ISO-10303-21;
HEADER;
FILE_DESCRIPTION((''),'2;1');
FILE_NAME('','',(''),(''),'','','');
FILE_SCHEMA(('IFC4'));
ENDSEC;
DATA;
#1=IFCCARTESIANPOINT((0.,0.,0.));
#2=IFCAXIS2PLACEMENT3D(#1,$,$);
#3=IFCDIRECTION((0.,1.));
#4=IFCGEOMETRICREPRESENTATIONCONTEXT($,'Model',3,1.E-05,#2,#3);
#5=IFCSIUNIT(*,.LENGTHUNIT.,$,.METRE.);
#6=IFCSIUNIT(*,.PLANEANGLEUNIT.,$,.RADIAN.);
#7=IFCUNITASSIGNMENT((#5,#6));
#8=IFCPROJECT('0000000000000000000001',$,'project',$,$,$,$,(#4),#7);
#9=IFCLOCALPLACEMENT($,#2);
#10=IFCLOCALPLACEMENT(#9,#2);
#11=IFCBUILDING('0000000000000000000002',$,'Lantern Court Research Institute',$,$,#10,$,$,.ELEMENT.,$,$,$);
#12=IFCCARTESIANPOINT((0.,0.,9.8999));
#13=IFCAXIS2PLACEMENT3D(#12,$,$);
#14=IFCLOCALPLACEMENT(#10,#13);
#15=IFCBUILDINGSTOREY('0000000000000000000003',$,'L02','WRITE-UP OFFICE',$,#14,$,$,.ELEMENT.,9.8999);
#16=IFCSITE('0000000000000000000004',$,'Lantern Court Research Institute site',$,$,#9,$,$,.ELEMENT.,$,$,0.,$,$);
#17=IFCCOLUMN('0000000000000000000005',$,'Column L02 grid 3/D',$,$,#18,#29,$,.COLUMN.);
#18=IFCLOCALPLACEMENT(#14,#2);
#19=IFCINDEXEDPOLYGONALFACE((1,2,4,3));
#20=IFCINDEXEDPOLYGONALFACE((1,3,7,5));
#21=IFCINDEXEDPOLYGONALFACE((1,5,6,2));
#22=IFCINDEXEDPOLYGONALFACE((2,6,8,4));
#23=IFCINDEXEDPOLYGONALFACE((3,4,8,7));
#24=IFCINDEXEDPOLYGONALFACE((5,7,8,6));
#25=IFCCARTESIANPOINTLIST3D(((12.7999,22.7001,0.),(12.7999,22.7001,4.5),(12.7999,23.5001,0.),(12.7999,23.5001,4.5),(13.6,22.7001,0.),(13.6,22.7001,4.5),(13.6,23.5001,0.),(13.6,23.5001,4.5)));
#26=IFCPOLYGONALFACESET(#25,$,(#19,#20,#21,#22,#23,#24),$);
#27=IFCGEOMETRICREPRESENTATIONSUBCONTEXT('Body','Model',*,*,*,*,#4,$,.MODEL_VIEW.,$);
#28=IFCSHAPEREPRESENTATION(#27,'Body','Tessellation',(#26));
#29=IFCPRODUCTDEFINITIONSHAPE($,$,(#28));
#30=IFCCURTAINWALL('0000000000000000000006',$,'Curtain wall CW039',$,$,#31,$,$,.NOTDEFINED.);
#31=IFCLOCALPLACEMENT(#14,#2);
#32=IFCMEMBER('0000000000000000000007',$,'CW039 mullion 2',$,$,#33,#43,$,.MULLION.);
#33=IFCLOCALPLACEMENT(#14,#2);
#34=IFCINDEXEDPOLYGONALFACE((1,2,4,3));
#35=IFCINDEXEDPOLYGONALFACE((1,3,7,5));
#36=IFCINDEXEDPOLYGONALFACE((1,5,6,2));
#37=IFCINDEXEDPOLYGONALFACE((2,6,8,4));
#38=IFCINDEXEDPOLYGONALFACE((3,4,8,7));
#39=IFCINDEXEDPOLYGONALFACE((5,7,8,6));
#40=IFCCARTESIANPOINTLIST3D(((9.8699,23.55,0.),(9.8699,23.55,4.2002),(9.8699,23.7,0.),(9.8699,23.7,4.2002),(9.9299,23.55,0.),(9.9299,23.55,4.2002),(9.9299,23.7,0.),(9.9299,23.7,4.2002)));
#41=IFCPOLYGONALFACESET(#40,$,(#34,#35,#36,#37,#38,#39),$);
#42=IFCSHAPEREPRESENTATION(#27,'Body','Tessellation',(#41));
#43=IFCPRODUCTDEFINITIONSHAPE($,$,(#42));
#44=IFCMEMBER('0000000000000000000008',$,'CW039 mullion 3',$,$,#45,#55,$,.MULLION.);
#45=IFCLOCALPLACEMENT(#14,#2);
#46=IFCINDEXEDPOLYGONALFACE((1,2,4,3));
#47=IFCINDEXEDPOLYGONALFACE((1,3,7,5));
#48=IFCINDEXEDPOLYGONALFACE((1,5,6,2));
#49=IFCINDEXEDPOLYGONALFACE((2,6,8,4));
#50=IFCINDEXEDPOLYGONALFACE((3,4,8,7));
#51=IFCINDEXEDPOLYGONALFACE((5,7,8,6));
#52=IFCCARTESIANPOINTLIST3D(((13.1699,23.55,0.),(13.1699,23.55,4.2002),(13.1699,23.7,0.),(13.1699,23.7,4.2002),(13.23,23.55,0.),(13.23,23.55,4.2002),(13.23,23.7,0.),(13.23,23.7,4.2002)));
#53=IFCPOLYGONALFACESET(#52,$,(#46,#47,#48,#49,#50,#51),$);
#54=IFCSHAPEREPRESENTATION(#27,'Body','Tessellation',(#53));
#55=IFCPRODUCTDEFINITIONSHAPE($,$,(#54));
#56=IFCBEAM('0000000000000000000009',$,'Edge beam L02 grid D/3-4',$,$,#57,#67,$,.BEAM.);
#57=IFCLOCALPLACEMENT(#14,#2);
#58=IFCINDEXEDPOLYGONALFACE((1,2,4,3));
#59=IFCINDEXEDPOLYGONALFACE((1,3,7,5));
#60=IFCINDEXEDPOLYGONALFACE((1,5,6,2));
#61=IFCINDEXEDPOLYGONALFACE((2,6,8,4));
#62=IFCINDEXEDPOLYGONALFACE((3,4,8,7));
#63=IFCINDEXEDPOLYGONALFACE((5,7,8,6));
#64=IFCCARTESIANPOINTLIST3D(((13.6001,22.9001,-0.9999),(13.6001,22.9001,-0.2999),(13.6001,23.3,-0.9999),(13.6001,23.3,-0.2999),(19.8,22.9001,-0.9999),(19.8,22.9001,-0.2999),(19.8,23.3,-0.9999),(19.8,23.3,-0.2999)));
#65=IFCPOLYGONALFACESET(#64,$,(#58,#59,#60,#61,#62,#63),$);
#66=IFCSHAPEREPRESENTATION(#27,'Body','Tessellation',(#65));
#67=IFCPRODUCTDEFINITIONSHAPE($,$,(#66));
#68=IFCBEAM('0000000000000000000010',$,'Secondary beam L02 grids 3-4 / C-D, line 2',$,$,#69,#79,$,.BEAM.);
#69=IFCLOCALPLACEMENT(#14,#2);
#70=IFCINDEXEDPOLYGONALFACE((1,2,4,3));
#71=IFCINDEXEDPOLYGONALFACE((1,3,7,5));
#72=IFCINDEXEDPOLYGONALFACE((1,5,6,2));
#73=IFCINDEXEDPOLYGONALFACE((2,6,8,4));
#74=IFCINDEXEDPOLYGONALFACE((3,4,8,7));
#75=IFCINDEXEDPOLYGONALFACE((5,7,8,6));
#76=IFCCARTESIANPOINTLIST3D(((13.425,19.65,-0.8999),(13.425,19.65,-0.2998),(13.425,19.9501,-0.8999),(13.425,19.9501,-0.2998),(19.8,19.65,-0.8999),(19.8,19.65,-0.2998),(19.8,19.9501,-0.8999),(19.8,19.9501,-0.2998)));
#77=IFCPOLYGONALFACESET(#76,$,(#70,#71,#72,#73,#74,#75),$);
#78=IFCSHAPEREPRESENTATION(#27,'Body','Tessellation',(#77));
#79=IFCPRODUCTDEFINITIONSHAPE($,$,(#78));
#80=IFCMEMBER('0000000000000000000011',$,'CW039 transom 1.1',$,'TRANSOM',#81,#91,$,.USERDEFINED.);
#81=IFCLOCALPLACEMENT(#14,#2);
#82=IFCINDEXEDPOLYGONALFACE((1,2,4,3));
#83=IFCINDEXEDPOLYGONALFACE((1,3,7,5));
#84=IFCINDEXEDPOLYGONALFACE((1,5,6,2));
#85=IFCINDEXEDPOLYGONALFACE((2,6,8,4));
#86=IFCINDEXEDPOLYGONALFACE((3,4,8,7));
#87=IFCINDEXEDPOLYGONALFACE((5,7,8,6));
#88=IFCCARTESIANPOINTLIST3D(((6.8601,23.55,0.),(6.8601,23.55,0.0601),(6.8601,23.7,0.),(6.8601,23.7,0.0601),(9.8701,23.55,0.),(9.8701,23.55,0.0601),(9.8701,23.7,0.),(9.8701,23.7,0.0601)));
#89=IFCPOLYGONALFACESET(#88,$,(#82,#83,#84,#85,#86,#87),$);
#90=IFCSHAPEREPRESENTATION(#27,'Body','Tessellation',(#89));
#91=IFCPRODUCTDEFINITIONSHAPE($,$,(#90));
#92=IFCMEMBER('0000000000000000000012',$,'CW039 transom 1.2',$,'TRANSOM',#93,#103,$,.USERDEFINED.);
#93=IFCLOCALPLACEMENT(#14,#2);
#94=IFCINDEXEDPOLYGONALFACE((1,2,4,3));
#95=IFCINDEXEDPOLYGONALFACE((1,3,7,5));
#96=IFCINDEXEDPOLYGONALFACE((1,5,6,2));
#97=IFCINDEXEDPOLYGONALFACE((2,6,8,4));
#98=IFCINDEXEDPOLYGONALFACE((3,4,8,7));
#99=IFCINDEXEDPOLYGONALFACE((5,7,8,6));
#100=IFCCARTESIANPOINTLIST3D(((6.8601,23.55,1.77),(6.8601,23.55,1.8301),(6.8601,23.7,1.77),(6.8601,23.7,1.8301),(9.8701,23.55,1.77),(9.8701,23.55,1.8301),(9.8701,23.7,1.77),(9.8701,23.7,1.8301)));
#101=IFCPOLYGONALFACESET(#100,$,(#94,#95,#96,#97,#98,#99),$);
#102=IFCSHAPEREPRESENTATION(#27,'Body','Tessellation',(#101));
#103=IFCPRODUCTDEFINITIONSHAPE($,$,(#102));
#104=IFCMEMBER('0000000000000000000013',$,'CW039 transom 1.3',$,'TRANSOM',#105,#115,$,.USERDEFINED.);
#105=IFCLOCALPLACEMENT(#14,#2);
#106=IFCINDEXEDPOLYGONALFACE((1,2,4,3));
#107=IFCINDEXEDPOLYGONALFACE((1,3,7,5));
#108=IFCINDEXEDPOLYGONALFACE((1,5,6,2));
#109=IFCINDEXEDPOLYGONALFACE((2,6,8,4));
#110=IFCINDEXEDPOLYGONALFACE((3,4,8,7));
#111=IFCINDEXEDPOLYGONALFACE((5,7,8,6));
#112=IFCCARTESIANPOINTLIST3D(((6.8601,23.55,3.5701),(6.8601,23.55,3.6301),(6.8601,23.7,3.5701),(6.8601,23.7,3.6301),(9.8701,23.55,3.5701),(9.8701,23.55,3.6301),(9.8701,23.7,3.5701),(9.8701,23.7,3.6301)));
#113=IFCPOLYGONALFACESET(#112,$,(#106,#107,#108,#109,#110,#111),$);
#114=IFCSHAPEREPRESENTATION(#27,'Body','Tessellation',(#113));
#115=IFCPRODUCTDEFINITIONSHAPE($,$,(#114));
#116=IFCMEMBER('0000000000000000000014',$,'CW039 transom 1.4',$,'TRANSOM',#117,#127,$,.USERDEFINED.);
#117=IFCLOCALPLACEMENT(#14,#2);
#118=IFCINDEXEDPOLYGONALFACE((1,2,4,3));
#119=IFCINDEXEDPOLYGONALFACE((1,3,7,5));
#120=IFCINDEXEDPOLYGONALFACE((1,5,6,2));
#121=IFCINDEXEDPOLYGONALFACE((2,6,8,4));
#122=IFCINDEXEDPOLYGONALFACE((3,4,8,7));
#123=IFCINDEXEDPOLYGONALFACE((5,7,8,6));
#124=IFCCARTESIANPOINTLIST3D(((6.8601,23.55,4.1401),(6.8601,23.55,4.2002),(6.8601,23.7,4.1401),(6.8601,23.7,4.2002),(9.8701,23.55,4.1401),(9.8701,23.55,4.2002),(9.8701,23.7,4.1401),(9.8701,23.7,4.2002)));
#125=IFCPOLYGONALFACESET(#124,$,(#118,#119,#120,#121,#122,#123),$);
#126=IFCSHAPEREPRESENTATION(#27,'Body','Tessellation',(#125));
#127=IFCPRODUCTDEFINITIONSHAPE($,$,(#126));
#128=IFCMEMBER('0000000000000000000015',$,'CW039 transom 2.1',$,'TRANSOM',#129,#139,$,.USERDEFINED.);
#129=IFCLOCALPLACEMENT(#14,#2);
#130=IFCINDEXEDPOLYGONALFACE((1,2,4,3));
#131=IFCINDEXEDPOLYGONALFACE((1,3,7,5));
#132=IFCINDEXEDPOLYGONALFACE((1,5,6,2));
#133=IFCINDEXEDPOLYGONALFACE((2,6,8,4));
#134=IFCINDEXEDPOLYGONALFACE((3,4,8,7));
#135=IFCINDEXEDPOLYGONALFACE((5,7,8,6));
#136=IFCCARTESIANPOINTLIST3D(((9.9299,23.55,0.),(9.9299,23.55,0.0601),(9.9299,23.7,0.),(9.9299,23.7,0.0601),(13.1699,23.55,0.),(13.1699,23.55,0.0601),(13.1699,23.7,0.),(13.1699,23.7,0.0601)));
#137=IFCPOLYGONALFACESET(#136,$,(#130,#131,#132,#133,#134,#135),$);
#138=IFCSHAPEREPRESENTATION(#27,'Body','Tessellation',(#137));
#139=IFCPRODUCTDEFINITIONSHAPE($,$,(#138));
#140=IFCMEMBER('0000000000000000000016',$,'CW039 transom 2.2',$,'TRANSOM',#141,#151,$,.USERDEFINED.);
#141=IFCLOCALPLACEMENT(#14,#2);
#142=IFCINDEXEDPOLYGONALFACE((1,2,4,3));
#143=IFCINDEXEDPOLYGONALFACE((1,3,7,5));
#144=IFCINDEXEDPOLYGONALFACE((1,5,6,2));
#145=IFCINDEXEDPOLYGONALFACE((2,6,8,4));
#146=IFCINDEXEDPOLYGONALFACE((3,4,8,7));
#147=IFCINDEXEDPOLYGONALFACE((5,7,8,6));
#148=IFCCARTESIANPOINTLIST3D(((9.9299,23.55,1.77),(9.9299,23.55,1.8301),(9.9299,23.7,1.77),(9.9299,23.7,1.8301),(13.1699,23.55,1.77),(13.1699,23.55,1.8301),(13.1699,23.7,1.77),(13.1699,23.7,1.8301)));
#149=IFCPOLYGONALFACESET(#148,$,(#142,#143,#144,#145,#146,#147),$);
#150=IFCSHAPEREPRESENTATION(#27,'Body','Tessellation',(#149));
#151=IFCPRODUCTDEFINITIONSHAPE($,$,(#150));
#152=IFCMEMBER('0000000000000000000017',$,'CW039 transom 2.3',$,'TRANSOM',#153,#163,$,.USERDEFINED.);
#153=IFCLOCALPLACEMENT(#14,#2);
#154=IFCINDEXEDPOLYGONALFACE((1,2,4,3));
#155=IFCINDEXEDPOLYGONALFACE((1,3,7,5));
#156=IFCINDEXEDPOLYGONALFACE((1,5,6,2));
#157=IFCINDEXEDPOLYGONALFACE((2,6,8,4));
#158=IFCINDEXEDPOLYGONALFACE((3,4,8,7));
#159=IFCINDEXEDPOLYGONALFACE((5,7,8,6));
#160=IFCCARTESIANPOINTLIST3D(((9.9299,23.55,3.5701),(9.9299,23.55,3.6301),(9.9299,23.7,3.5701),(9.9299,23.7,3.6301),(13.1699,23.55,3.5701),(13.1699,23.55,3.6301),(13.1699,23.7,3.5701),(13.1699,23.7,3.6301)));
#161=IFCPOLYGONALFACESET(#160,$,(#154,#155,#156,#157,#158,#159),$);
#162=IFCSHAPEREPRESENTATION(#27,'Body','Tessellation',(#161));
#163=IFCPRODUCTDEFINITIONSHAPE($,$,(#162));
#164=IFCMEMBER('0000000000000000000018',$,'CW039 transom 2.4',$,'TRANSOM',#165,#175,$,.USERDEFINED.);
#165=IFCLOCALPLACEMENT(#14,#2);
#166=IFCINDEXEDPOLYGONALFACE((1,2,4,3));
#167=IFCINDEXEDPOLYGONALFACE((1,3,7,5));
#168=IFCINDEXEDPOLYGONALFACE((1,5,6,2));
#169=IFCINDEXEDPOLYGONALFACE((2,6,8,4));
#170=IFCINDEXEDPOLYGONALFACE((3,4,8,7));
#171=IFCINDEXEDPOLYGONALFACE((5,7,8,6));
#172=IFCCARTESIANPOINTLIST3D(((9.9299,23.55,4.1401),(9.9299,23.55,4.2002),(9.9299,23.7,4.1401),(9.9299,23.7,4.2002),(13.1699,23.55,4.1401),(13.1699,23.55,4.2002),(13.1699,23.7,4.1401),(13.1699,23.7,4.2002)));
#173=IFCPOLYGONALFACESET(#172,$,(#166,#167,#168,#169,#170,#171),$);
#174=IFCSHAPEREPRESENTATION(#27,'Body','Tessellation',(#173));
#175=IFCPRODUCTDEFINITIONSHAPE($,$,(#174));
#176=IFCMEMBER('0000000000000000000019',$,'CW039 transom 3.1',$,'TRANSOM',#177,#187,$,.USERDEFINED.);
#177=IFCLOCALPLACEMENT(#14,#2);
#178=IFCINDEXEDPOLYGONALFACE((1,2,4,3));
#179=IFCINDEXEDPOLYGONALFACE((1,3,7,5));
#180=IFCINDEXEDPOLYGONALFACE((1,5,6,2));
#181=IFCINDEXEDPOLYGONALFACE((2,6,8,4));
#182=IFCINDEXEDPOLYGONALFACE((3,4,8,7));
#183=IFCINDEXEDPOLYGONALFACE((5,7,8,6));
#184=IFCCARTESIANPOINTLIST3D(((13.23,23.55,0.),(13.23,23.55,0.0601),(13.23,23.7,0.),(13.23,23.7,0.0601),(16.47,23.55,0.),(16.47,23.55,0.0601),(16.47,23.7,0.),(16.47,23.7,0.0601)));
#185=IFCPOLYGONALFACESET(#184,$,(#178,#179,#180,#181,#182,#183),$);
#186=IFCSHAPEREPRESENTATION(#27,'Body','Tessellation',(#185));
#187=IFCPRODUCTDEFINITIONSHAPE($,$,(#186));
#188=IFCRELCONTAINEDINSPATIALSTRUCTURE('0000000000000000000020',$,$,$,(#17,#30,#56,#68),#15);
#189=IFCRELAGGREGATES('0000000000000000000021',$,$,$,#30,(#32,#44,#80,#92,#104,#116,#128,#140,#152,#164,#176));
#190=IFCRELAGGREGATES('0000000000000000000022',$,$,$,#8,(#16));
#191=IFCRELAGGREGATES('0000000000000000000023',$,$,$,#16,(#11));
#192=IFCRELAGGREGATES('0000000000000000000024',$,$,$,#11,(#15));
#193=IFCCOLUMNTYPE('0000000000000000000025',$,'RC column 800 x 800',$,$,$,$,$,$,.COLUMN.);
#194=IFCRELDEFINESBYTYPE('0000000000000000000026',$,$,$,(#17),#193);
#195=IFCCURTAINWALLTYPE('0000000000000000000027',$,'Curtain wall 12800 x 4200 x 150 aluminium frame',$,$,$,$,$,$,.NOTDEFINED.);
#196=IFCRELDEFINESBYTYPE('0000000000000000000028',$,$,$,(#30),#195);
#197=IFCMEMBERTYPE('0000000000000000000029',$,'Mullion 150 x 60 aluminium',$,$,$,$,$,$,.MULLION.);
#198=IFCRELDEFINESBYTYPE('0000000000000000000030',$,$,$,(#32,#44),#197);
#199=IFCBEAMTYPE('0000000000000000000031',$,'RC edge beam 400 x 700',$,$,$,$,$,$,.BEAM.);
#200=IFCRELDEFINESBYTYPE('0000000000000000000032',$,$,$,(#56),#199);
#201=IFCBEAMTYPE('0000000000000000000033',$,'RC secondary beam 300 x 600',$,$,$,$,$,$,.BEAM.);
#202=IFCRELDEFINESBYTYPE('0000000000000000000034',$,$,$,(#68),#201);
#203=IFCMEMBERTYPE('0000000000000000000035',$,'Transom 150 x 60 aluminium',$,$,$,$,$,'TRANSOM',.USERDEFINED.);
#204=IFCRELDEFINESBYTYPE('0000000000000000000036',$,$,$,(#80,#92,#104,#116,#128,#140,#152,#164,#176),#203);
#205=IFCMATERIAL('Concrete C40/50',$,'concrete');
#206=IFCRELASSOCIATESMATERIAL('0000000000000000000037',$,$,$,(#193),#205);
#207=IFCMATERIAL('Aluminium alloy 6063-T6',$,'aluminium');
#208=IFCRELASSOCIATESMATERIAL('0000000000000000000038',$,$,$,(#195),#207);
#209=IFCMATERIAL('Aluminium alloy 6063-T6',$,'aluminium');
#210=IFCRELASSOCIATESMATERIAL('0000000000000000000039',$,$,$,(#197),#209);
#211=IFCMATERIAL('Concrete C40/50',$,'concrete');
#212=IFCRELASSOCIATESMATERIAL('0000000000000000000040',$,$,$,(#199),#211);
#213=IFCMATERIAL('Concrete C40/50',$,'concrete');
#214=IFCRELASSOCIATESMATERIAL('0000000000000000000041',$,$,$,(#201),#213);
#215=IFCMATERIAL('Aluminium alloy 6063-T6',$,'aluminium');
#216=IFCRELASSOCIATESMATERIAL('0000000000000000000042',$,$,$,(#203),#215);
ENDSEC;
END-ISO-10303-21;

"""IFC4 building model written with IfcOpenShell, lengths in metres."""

from ifc_helpers import new_model, si_unit, direction, frame, origin, origin_2d, place, context, subcontext, project, spatial, rectangle, extrude, material, material_profile, profile_set, type_object, element, aggregate, save


model = new_model("IFC4")

# Units and contexts
model_context = context("Model", 3, precision=1e-05, world=origin(), true_north=direction((0.0, 1.0)))
body_context = subcontext(model_context, "Body", "Model", "MODEL_VIEW")
ifc_project = project(units=[si_unit("LENGTHUNIT", "METRE"), si_unit("PLANEANGLEUNIT", "RADIAN")], contexts=[model_context])

# Site, building, storey
site_placement = place(None, origin())
site = spatial("IfcSite", under=ifc_project, at=site_placement, Name="Lantern Court Research Institute site", CompositionType="ELEMENT", RefElevation=0.0)
building_placement = place(site_placement, origin())
building = spatial("IfcBuilding", under=site, at=building_placement, Name="Lantern Court Research Institute", CompositionType="ELEMENT")
storey_placement = place(building_placement, frame((0.0, 0.0, 9.8999)))
storey = spatial("IfcBuildingStorey", under=building, at=storey_placement, Name="L02", Description="WRITE-UP OFFICE", CompositionType="ELEMENT", Elevation=9.8999)

# Column
ifc_material_1 = material(Name="Concrete C40/50", Category="concrete")
ifc_material_profile_1 = material_profile(ifc_material_1, rectangle(XDim=0.8, YDim=0.8, at=origin_2d()), Name="RC column 800 x 800")
ifc_profile_set_1 = profile_set([ifc_material_profile_1], Name="Concrete C40/50")
column_type = type_object("IfcColumnType", Name="RC column 800 x 800", PredefinedType="COLUMN", material=ifc_profile_set_1)
column_placement = place(storey_placement, frame((13.2, 23.1001, 0.0), z_axis=(0.0, 0.0, 1.0), x_axis=(1.0, 0.0, 0.0)))
element("IfcColumn", 1, at=column_placement, inside=storey, type_object=column_type, Name="Column L02 grid 3/D", PredefinedType="COLUMN", context=body_context, shape_type="SweptSolid", body=[
    extrude(rectangle(XDim=0.8, YDim=0.8, at=origin_2d()), origin(), (0.0, 0.0, 1.0), 4.5),
])

# Curtain wall, members
ifc_material_2 = material(Name="Aluminium alloy 6063-T6", Category="aluminium")
curtain_wall_type = type_object("IfcCurtainWallType", Name="Curtain wall 12800 x 4200 x 150 aluminium frame", PredefinedType="NOTDEFINED", material=ifc_material_2)
curtain_wall_placement = place(storey_placement, origin())
curtain_wall = element("IfcCurtainWall", 2, at=curtain_wall_placement, inside=storey, type_object=curtain_wall_type, Name="Curtain wall CW039", PredefinedType="NOTDEFINED")
ifc_material_3 = material(Name="Aluminium alloy 6063-T6", Category="aluminium")
ifc_material_profile_2 = material_profile(ifc_material_3, rectangle(XDim=0.1499, YDim=0.0601, at=origin_2d()), Name="Mullion 150 x 60")
ifc_profile_set_2 = profile_set([ifc_material_profile_2], Name="Aluminium alloy 6063-T6")
member_type_1 = type_object("IfcMemberType", Name="Mullion 150 x 60 aluminium", PredefinedType="MULLION", material=ifc_profile_set_2)
member_1_placement = place(storey_placement, frame((9.8999, 23.625, 0.0), z_axis=(0.0, 0.0, 1.0), x_axis=(0.0, 1.0, 0.0)))
member_1 = element("IfcMember", 3, at=member_1_placement, type_object=member_type_1, Name="CW039 mullion 2", PredefinedType="MULLION", context=body_context, shape_type="SweptSolid", body=[
    extrude(rectangle(XDim=0.1499, YDim=0.0601, at=origin_2d()), origin(), (0.0, 0.0, 1.0), 4.2002),
])
member_2_placement = place(storey_placement, frame((13.2, 23.625, 0.0), z_axis=(0.0, 0.0, 1.0), x_axis=(0.0, 1.0, 0.0)))
member_2 = element("IfcMember", 4, at=member_2_placement, type_object=member_type_1, Name="CW039 mullion 3", PredefinedType="MULLION", context=body_context, shape_type="SweptSolid", body=[
    extrude(rectangle(XDim=0.1499, YDim=0.0601, at=origin_2d()), origin(), (0.0, 0.0, 1.0), 4.2002),
])

# Beams
ifc_material_4 = material(Name="Concrete C40/50", Category="concrete")
ifc_material_profile_3 = material_profile(ifc_material_4, rectangle(XDim=0.3999, YDim=0.7, at=origin_2d()), Name="RC beam 400 x 700")
ifc_profile_set_3 = profile_set([ifc_material_profile_3], Name="Concrete C40/50")
beam_type_1 = type_object("IfcBeamType", Name="RC edge beam 400 x 700", PredefinedType="BEAM", material=ifc_profile_set_3)
beam_1_placement = place(storey_placement, frame((13.6001, 23.1001, -0.6499), z_axis=(1.0, 0.0, 0.0), x_axis=(0.0, 1.0, 0.0)))
element("IfcBeam", 5, at=beam_1_placement, inside=storey, type_object=beam_type_1, Name="Edge beam L02 grid D/3-4", PredefinedType="BEAM", context=body_context, shape_type="SweptSolid", body=[
    extrude(rectangle(XDim=0.3999, YDim=0.7, at=origin_2d()), origin(), (0.0, 0.0, 1.0), 6.2),
])
ifc_material_5 = material(Name="Concrete C40/50", Category="concrete")
ifc_material_profile_4 = material_profile(ifc_material_5, rectangle(XDim=0.3, YDim=0.6001, at=origin_2d()), Name="RC beam 300 x 600")
ifc_profile_set_4 = profile_set([ifc_material_profile_4], Name="Concrete C40/50")
beam_type_2 = type_object("IfcBeamType", Name="RC secondary beam 300 x 600", PredefinedType="BEAM", material=ifc_profile_set_4)
beam_2_placement = place(storey_placement, frame((13.425, 19.8, -0.5999), z_axis=(1.0, 0.0, 0.0), x_axis=(0.0, 1.0, 0.0)))
element("IfcBeam", 6, at=beam_2_placement, inside=storey, type_object=beam_type_2, Name="Secondary beam L02 grids 3-4 / C-D, line 2", PredefinedType="BEAM", context=body_context, shape_type="SweptSolid", body=[
    extrude(rectangle(XDim=0.3, YDim=0.6001, at=origin_2d()), origin(), (0.0, 0.0, 1.0), 6.375),
])

# Members
ifc_material_6 = material(Name="Aluminium alloy 6063-T6", Category="aluminium")
ifc_material_profile_5 = material_profile(ifc_material_6, rectangle(XDim=0.1499, YDim=0.0601, at=origin_2d()), Name="Transom 150 x 60")
ifc_profile_set_5 = profile_set([ifc_material_profile_5], Name="Aluminium alloy 6063-T6")
member_type_2 = type_object("IfcMemberType", Name="Transom 150 x 60 aluminium", ElementType="TRANSOM", PredefinedType="USERDEFINED", material=ifc_profile_set_5)
member_3_placement = place(storey_placement, frame((6.8601, 23.625, 0.03), z_axis=(1.0, 0.0, 0.0), x_axis=(0.0, 1.0, 0.0)))
member_3 = element("IfcMember", 7, at=member_3_placement, type_object=member_type_2, Name="CW039 transom 1.1", ObjectType="TRANSOM", PredefinedType="USERDEFINED", context=body_context, shape_type="SweptSolid", body=[
    extrude(rectangle(XDim=0.1499, YDim=0.0601, at=origin_2d()), origin(), (0.0, 0.0, 1.0), 3.01),
])
member_4_placement = place(storey_placement, frame((6.8601, 23.625, 1.8), z_axis=(1.0, 0.0, 0.0), x_axis=(0.0, 1.0, 0.0)))
member_4 = element("IfcMember", 8, at=member_4_placement, type_object=member_type_2, Name="CW039 transom 1.2", ObjectType="TRANSOM", PredefinedType="USERDEFINED", context=body_context, shape_type="SweptSolid", body=[
    extrude(rectangle(XDim=0.1499, YDim=0.0601, at=origin_2d()), origin(), (0.0, 0.0, 1.0), 3.01),
])
member_5_placement = place(storey_placement, frame((6.8601, 23.625, 3.6001), z_axis=(1.0, 0.0, 0.0), x_axis=(0.0, 1.0, 0.0)))
member_5 = element("IfcMember", 9, at=member_5_placement, type_object=member_type_2, Name="CW039 transom 1.3", ObjectType="TRANSOM", PredefinedType="USERDEFINED", context=body_context, shape_type="SweptSolid", body=[
    extrude(rectangle(XDim=0.1499, YDim=0.0601, at=origin_2d()), origin(), (0.0, 0.0, 1.0), 3.01),
])
member_6_placement = place(storey_placement, frame((6.8601, 23.625, 4.1702), z_axis=(1.0, 0.0, 0.0), x_axis=(0.0, 1.0, 0.0)))
member_6 = element("IfcMember", 10, at=member_6_placement, type_object=member_type_2, Name="CW039 transom 1.4", ObjectType="TRANSOM", PredefinedType="USERDEFINED", context=body_context, shape_type="SweptSolid", body=[
    extrude(rectangle(XDim=0.1499, YDim=0.0601, at=origin_2d()), origin(), (0.0, 0.0, 1.0), 3.01),
])
member_7_placement = place(storey_placement, frame((9.9299, 23.625, 0.03), z_axis=(1.0, 0.0, 0.0), x_axis=(0.0, 1.0, 0.0)))
member_7 = element("IfcMember", 11, at=member_7_placement, type_object=member_type_2, Name="CW039 transom 2.1", ObjectType="TRANSOM", PredefinedType="USERDEFINED", context=body_context, shape_type="SweptSolid", body=[
    extrude(rectangle(XDim=0.1499, YDim=0.0601, at=origin_2d()), origin(), (0.0, 0.0, 1.0), 3.24),
])
member_8_placement = place(storey_placement, frame((9.9299, 23.625, 1.8), z_axis=(1.0, 0.0, 0.0), x_axis=(0.0, 1.0, 0.0)))
member_8 = element("IfcMember", 12, at=member_8_placement, type_object=member_type_2, Name="CW039 transom 2.2", ObjectType="TRANSOM", PredefinedType="USERDEFINED", context=body_context, shape_type="SweptSolid", body=[
    extrude(rectangle(XDim=0.1499, YDim=0.0601, at=origin_2d()), origin(), (0.0, 0.0, 1.0), 3.24),
])
member_9_placement = place(storey_placement, frame((9.9299, 23.625, 3.6001), z_axis=(1.0, 0.0, 0.0), x_axis=(0.0, 1.0, 0.0)))
member_9 = element("IfcMember", 13, at=member_9_placement, type_object=member_type_2, Name="CW039 transom 2.3", ObjectType="TRANSOM", PredefinedType="USERDEFINED", context=body_context, shape_type="SweptSolid", body=[
    extrude(rectangle(XDim=0.1499, YDim=0.0601, at=origin_2d()), origin(), (0.0, 0.0, 1.0), 3.24),
])
member_10_placement = place(storey_placement, frame((9.9299, 23.625, 4.1702), z_axis=(1.0, 0.0, 0.0), x_axis=(0.0, 1.0, 0.0)))
member_10 = element("IfcMember", 14, at=member_10_placement, type_object=member_type_2, Name="CW039 transom 2.4", ObjectType="TRANSOM", PredefinedType="USERDEFINED", context=body_context, shape_type="SweptSolid", body=[
    extrude(rectangle(XDim=0.1499, YDim=0.0601, at=origin_2d()), origin(), (0.0, 0.0, 1.0), 3.24),
])
member_11_placement = place(storey_placement, frame((13.23, 23.625, 0.03), z_axis=(1.0, 0.0, 0.0), x_axis=(0.0, 1.0, 0.0)))
member_11 = element("IfcMember", 15, at=member_11_placement, type_object=member_type_2, Name="CW039 transom 3.1", ObjectType="TRANSOM", PredefinedType="USERDEFINED", context=body_context, shape_type="SweptSolid", body=[
    extrude(rectangle(XDim=0.1499, YDim=0.0601, at=origin_2d()), origin(), (0.0, 0.0, 1.0), 3.24),
])

aggregate(curtain_wall, [member_1, member_2, member_3, member_4, member_5, member_6, member_7, member_8, member_9, member_10, member_11])

save(model, "model.ifc")
